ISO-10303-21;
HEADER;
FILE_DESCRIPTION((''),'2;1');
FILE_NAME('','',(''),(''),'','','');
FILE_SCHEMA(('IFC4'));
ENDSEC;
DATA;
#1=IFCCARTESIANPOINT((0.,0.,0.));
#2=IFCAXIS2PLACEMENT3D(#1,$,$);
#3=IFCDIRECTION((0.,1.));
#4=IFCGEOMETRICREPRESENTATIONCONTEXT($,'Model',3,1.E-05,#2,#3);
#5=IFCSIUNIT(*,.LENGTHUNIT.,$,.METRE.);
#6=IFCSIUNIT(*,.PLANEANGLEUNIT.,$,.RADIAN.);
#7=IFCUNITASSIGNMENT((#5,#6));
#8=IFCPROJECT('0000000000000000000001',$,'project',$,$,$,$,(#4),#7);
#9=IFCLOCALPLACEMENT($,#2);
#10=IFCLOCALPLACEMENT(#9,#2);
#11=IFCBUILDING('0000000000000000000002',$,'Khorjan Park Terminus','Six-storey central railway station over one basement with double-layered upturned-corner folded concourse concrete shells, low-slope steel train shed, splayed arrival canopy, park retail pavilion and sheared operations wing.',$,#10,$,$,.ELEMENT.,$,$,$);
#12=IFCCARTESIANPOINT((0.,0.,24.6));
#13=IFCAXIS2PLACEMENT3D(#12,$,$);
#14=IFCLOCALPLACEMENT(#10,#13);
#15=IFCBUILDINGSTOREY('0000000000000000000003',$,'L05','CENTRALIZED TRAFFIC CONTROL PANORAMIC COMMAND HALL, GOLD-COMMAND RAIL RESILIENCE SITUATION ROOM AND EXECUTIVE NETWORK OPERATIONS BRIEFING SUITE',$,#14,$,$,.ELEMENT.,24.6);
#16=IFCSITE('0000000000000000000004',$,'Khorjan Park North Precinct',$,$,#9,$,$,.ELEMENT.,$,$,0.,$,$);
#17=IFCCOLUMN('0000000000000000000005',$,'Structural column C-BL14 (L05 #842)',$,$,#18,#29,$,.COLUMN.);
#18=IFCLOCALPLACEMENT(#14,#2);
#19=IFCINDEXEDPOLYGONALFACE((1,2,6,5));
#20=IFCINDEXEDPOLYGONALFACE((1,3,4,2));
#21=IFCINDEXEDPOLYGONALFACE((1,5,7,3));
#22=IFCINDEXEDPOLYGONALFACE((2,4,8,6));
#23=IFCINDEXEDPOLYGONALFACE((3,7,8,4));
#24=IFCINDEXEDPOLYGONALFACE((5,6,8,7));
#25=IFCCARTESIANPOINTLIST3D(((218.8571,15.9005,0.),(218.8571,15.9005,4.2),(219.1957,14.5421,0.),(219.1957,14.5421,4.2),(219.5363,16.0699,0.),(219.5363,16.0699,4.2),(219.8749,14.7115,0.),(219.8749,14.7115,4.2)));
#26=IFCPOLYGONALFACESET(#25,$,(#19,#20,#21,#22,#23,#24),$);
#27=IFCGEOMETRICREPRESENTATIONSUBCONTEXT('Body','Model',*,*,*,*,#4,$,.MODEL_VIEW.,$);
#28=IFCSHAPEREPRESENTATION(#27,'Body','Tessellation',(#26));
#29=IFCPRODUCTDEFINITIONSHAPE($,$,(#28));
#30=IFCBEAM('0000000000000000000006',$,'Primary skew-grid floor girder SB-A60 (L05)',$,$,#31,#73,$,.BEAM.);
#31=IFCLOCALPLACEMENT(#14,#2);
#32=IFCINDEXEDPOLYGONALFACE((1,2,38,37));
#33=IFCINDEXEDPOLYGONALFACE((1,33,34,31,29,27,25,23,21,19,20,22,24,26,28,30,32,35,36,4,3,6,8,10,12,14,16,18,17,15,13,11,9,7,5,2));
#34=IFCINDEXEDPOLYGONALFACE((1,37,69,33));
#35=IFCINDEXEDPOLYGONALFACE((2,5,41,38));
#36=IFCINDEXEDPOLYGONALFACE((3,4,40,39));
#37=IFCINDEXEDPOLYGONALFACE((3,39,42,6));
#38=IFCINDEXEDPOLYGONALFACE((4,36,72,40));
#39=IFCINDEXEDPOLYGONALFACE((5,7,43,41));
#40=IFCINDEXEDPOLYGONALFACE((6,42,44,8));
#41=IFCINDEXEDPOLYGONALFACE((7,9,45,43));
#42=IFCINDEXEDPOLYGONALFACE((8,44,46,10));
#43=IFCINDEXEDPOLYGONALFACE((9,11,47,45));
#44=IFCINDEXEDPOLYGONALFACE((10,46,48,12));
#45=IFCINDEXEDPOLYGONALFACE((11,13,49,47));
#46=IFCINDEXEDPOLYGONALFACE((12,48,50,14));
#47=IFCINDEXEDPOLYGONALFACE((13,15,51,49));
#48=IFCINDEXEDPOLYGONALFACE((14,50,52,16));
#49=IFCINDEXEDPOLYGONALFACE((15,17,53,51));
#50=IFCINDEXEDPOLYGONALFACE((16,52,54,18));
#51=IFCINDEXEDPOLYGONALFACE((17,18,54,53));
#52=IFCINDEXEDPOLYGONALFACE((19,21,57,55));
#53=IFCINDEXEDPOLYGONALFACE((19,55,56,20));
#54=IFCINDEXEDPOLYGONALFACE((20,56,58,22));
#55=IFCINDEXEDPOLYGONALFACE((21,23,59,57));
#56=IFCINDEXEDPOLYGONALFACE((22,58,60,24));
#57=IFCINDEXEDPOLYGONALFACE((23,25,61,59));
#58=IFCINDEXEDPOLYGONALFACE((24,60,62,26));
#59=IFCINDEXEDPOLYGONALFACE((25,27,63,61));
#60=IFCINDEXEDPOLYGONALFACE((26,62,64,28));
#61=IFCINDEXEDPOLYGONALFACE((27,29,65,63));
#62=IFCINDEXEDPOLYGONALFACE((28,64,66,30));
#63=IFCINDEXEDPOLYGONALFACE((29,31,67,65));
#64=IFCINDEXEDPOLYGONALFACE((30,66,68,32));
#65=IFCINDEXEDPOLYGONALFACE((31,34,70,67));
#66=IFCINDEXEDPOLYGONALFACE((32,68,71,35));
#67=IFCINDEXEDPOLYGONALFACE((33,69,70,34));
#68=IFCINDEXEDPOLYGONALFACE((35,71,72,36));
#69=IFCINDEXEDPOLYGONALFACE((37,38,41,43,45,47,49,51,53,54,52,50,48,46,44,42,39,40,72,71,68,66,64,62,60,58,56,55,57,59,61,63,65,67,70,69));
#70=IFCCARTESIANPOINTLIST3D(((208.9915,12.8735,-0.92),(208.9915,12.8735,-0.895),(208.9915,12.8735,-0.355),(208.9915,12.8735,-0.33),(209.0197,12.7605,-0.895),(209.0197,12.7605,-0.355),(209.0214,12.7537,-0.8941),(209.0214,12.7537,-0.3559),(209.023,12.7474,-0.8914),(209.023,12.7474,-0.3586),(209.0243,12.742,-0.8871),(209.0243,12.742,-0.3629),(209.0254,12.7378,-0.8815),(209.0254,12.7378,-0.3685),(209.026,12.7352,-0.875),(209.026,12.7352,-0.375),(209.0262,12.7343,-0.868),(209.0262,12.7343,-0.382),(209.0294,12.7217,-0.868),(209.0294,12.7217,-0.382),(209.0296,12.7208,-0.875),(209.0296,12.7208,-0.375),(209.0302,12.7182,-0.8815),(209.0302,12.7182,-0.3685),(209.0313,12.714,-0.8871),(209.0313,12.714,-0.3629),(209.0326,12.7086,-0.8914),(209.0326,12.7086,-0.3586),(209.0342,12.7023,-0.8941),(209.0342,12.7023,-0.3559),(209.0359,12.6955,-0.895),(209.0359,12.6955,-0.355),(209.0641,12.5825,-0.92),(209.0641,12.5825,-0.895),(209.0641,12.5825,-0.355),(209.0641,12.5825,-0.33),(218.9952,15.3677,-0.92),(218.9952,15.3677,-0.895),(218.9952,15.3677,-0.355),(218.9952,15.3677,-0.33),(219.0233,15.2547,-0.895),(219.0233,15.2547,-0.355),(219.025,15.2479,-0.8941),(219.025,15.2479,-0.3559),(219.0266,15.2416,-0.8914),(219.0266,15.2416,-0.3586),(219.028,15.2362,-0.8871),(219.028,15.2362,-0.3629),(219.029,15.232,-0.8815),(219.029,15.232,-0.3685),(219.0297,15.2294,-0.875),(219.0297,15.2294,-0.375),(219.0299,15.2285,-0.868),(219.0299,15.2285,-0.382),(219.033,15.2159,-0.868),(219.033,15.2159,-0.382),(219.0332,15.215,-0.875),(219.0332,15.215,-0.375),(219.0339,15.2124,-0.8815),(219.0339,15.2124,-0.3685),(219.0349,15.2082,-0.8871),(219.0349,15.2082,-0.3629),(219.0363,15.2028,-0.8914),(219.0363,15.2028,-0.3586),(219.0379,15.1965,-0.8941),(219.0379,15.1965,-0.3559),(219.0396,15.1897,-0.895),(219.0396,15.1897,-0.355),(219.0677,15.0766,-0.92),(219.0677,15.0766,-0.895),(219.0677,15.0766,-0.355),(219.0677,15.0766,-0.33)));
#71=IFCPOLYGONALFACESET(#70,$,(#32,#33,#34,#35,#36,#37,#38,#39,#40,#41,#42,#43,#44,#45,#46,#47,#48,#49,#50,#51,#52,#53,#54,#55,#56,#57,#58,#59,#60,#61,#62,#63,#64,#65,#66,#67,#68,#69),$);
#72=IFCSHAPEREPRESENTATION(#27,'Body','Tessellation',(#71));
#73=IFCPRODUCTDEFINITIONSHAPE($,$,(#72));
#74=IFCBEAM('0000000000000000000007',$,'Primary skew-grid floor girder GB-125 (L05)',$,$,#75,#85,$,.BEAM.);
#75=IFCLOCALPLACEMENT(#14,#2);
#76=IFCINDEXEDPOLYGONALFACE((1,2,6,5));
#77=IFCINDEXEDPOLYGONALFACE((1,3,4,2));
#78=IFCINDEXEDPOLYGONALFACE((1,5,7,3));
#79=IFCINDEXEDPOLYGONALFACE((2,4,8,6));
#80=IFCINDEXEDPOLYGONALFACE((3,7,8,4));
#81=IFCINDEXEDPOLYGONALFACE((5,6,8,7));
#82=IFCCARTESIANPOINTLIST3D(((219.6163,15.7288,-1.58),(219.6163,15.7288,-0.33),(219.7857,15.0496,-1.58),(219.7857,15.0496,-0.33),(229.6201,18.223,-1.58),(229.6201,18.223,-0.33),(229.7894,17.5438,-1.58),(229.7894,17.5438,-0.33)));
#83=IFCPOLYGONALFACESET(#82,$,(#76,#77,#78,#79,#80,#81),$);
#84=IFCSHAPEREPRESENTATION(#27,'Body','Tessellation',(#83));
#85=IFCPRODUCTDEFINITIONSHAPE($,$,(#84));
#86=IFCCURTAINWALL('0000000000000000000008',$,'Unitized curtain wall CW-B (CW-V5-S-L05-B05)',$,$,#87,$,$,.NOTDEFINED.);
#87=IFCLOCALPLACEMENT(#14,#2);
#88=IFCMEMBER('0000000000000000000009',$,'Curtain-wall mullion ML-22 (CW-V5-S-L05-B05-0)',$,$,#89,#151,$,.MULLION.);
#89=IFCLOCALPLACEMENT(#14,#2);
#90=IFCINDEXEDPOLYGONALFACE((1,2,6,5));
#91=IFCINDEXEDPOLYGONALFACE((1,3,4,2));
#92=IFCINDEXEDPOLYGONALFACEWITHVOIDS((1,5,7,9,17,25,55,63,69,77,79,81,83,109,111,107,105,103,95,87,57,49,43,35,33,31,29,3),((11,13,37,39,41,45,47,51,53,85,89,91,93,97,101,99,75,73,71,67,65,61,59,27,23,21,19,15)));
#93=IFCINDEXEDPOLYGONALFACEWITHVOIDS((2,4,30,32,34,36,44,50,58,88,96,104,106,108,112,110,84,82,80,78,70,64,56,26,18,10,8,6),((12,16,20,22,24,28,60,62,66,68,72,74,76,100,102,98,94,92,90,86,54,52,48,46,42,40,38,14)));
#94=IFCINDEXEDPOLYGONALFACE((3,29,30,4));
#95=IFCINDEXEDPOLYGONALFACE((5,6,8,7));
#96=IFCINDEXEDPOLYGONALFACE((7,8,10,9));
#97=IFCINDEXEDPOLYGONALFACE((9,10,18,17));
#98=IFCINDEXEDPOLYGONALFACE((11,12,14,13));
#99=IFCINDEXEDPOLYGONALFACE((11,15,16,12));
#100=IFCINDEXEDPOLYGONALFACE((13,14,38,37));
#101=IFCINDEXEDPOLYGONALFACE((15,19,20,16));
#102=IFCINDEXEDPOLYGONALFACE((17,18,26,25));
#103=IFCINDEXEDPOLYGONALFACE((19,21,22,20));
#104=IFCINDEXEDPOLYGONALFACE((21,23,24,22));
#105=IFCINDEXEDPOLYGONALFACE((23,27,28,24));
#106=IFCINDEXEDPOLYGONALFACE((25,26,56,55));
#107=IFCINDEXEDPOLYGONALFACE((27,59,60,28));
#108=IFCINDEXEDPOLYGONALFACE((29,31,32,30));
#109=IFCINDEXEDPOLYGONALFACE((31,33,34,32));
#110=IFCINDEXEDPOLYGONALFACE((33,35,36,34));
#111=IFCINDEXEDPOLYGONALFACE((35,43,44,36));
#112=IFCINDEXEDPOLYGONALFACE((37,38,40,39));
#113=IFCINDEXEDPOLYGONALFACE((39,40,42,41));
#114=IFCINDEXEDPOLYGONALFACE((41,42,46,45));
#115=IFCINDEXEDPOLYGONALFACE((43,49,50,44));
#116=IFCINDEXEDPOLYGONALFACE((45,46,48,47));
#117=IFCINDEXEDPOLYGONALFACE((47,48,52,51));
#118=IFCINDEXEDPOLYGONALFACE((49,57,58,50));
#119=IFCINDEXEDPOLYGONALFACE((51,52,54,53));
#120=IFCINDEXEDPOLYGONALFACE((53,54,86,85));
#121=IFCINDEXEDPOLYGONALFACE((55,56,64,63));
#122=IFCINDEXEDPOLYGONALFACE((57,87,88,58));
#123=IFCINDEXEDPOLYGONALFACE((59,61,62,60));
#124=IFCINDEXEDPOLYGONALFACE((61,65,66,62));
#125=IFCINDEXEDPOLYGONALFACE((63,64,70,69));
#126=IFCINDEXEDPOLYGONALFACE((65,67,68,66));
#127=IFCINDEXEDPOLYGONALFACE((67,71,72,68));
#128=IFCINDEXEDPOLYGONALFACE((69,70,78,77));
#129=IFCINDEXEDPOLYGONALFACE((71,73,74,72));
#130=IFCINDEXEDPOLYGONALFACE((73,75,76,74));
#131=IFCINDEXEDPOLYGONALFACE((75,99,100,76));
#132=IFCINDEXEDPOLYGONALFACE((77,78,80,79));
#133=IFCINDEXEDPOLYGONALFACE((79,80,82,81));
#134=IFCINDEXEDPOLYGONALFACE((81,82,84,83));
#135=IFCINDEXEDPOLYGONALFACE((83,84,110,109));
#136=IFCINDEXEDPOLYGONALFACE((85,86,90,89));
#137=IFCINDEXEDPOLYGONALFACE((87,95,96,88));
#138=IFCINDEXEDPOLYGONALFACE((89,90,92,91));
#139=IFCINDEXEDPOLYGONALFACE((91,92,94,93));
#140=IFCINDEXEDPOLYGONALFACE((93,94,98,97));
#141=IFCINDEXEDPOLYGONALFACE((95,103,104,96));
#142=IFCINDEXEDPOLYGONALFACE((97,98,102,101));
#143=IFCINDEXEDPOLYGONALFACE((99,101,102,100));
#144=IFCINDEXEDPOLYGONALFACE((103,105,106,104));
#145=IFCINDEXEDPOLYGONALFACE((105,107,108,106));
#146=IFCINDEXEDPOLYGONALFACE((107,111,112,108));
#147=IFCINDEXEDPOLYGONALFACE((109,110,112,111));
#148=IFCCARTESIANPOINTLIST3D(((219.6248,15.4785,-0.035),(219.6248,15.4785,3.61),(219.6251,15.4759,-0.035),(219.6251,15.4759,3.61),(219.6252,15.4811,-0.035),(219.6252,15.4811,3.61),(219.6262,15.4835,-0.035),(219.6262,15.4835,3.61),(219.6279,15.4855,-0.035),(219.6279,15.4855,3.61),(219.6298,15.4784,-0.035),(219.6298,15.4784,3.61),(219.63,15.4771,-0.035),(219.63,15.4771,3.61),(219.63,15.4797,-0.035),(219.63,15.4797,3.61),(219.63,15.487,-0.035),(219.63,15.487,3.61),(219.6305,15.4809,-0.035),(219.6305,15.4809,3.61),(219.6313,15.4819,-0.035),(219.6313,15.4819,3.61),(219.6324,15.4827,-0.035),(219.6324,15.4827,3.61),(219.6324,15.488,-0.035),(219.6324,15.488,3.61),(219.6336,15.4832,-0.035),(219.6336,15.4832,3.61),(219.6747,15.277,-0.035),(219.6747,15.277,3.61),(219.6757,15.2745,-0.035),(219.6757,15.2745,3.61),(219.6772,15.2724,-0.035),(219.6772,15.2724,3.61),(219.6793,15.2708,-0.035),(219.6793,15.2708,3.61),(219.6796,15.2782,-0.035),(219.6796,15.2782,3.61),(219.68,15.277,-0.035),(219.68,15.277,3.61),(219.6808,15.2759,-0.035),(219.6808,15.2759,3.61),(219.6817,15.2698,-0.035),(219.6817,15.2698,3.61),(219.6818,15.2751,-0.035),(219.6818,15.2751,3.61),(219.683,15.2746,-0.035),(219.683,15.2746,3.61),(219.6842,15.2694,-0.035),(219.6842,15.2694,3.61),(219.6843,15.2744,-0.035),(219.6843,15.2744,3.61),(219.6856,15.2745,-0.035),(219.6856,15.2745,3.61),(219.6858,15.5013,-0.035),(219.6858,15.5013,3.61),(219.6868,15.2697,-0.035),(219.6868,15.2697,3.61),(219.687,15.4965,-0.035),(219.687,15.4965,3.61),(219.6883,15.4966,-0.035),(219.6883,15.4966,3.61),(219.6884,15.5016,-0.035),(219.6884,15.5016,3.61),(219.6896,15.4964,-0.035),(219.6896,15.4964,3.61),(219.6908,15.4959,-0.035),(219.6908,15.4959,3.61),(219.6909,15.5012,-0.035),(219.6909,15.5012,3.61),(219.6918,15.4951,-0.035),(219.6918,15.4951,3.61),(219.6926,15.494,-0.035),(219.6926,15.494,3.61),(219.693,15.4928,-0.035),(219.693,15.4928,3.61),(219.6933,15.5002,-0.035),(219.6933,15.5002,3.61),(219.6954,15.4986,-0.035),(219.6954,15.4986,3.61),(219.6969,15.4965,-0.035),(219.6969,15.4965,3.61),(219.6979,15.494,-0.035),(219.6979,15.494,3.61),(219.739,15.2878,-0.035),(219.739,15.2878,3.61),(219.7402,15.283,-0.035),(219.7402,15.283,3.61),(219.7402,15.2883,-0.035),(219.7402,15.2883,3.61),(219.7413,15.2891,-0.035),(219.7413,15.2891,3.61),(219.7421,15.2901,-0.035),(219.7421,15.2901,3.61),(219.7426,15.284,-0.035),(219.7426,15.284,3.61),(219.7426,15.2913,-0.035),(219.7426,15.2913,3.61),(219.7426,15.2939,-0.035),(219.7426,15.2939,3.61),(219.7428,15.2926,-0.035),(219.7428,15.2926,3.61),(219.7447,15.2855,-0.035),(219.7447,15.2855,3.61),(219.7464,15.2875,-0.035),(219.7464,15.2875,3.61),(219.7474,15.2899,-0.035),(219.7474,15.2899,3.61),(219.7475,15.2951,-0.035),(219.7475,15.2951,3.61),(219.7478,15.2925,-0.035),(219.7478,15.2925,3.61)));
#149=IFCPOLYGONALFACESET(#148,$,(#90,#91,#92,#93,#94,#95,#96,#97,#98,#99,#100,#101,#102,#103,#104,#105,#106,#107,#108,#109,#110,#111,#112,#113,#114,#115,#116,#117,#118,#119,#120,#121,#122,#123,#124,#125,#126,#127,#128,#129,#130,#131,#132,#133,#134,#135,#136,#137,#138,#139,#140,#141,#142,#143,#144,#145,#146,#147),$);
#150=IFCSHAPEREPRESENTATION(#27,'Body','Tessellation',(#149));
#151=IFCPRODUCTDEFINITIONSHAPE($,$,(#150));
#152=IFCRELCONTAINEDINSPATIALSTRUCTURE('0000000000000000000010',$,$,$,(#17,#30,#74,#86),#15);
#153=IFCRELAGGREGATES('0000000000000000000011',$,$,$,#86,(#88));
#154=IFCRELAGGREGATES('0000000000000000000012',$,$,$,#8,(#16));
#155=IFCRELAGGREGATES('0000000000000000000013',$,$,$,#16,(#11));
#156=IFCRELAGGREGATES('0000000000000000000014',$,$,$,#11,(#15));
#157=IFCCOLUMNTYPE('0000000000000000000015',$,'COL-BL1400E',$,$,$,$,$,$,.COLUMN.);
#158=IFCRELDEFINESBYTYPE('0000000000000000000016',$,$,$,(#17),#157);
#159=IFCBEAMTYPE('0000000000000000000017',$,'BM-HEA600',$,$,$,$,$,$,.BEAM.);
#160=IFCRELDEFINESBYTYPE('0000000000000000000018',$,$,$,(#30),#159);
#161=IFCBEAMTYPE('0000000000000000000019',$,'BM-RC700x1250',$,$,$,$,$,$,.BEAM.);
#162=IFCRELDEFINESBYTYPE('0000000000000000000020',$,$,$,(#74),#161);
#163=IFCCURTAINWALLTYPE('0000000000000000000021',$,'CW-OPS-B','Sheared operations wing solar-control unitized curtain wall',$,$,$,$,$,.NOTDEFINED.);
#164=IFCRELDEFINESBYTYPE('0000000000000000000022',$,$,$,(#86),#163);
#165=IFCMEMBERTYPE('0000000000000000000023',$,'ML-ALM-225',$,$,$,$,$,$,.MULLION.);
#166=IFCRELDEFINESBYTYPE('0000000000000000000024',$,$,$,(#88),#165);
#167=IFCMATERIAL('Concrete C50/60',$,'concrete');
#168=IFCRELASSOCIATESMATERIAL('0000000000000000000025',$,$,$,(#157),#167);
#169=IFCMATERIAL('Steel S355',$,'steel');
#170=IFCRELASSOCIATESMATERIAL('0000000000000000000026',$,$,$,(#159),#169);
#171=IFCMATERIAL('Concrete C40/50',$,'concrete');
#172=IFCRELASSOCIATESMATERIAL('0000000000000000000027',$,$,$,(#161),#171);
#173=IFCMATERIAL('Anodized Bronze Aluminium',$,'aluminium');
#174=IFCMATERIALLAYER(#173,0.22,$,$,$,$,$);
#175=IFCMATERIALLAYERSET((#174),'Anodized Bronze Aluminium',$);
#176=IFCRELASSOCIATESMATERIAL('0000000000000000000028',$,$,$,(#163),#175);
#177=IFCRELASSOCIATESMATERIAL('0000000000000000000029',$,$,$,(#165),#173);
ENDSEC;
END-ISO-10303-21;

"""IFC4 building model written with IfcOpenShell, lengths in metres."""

from ifc_helpers import new_model, si_unit, direction, frame, origin, origin_2d, place, context, subcontext, project, spatial, rectangle, hollow_rectangle, i_section, extrude, material, layer, layer_set, material_profile, profile_set, type_object, element, aggregate, save


model = new_model("IFC4")

# Units and contexts
model_context = context("Model", 3, precision=1e-05, world=origin(), true_north=direction((0.0, 1.0)))
body_context = subcontext(model_context, "Body", "Model", "MODEL_VIEW")
ifc_project = project(units=[si_unit("LENGTHUNIT", "METRE"), si_unit("PLANEANGLEUNIT", "RADIAN")], contexts=[model_context])

# Site, building, storey
site_placement = place(None, origin())
site = spatial("IfcSite", under=ifc_project, at=site_placement, Name="Khorjan Park North Precinct", CompositionType="ELEMENT", RefElevation=0.0)
building_placement = place(site_placement, origin())
building = spatial("IfcBuilding", under=site, at=building_placement, Name="Khorjan Park Terminus", Description="Six-storey central railway station over one basement with double-layered upturned-corner folded concourse concrete shells, low-slope steel train shed, splayed arrival canopy, park retail pavilion and sheared operations wing.", CompositionType="ELEMENT")
storey_placement = place(building_placement, frame((0.0, 0.0, 24.6)))
storey = spatial("IfcBuildingStorey", under=building, at=storey_placement, Name="L05", Description="CENTRALIZED TRAFFIC CONTROL PANORAMIC COMMAND HALL, GOLD-COMMAND RAIL RESILIENCE SITUATION ROOM AND EXECUTIVE NETWORK OPERATIONS BRIEFING SUITE", CompositionType="ELEMENT", Elevation=24.6)

# Column
ifc_material_1 = material(Name="Concrete C50/60", Category="concrete")
ifc_material_profile_1 = material_profile(ifc_material_1, rectangle(XDim=0.7, YDim=1.4, at=origin_2d()), Name="RC 700x1400")
ifc_profile_set_1 = profile_set([ifc_material_profile_1], Name="Concrete C50/60")
column_type = type_object("IfcColumnType", Name="COL-BL1400E", PredefinedType="COLUMN", material=ifc_profile_set_1)
column_placement = place(storey_placement, frame((219.366, 15.306, 0.0), z_axis=(0.0, 0.0, 1.0), x_axis=(0.970296, 0.241922, 0.0)))
element("IfcColumn", 1, at=column_placement, inside=storey, type_object=column_type, Name="Structural column C-BL14 (L05 #842)", PredefinedType="COLUMN", context=body_context, shape_type="SweptSolid", body=[
    extrude(rectangle(XDim=0.7, YDim=1.4, at=origin_2d()), origin(), (0.0, 0.0, 1.0), 4.2),
])

# Beams
ifc_material_2 = material(Name="Steel S355", Category="steel")
ifc_material_profile_2 = material_profile(ifc_material_2, i_section(OverallWidth=0.3, OverallDepth=0.59, WebThickness=0.013, FlangeThickness=0.025, FilletRadius=0.027, at=origin_2d()), Name="HEA 600")
ifc_profile_set_2 = profile_set([ifc_material_profile_2], Name="Steel S355")
beam_type_1 = type_object("IfcBeamType", Name="BM-HEA600", PredefinedType="BEAM", material=ifc_profile_set_2)
beam_1_placement = place(storey_placement, frame((209.0278, 12.728, -0.625), z_axis=(0.970296, 0.241922, 0.0), x_axis=(-0.241922, 0.970296, 0.0)))
element("IfcBeam", 2, at=beam_1_placement, inside=storey, type_object=beam_type_1, Name="Primary skew-grid floor girder SB-A60 (L05)", PredefinedType="BEAM", context=body_context, shape_type="SweptSolid", body=[
    extrude(i_section(OverallWidth=0.3, OverallDepth=0.59, WebThickness=0.013, FlangeThickness=0.025, FilletRadius=0.027, at=origin_2d()), origin(), (0.0, 0.0, 1.0), 10.3099),
])
ifc_material_3 = material(Name="Concrete C40/50", Category="concrete")
ifc_material_profile_3 = material_profile(ifc_material_3, rectangle(XDim=0.7, YDim=1.25, at=origin_2d()), Name="RC 700x1250")
ifc_profile_set_3 = profile_set([ifc_material_profile_3], Name="Concrete C40/50")
beam_type_2 = type_object("IfcBeamType", Name="BM-RC700x1250", PredefinedType="BEAM", material=ifc_profile_set_3)
beam_2_placement = place(storey_placement, frame((219.701, 15.3892, -0.955), z_axis=(0.970296, 0.241919, 0.0), x_axis=(-0.241919, 0.970296, 0.0)))
element("IfcBeam", 3, at=beam_2_placement, inside=storey, type_object=beam_type_2, Name="Primary skew-grid floor girder GB-125 (L05)", PredefinedType="BEAM", context=body_context, shape_type="SweptSolid", body=[
    extrude(rectangle(XDim=0.7, YDim=1.25, at=origin_2d()), origin(), (0.0, 0.0, 1.0), 10.31),
])

# Curtain wall, member
ifc_material_4 = material(Name="Anodized Bronze Aluminium", Category="aluminium")
ifc_layer_1 = layer(ifc_material_4, 0.22)
ifc_layer_set_1 = layer_set([ifc_layer_1], Name="Anodized Bronze Aluminium")
curtain_wall_type = type_object("IfcCurtainWallType", Name="CW-OPS-B", Description="Sheared operations wing solar-control unitized curtain wall", PredefinedType="NOTDEFINED", material=ifc_layer_set_1)
curtain_wall_placement = place(storey_placement, origin())
curtain_wall = element("IfcCurtainWall", 4, at=curtain_wall_placement, inside=storey, type_object=curtain_wall_type, Name="Unitized curtain wall CW-B (CW-V5-S-L05-B05)", PredefinedType="NOTDEFINED")
ifc_material_profile_4 = material_profile(ifc_material_4, hollow_rectangle(XDim=0.075, YDim=0.225, WallThickness=0.005, InnerFilletRadius=0.005, OuterFilletRadius=0.01, at=origin_2d()), Name="ALM 75x225x5")
ifc_profile_set_4 = profile_set([ifc_material_profile_4], Name="Anodized Bronze Aluminium")
member_type_1 = type_object("IfcMemberType", Name="ML-ALM-225", PredefinedType="MULLION", material=ifc_profile_set_4)
member_1_placement = place(storey_placement, frame((219.6863, 15.3855, -0.035), z_axis=(0.0, 0.0, 1.0), x_axis=(0.970296, 0.241919, 0.0)))
member_1 = element("IfcMember", 5, at=member_1_placement, type_object=member_type_1, Name="Curtain-wall mullion ML-22 (CW-V5-S-L05-B05-0)", PredefinedType="MULLION", context=body_context, shape_type="SweptSolid", body=[
    extrude(hollow_rectangle(XDim=0.075, YDim=0.225, WallThickness=0.005, InnerFilletRadius=0.005, OuterFilletRadius=0.01, at=origin_2d()), origin(), (0.0, 0.0, 1.0), 3.645),
])
aggregate(curtain_wall, [member_1])

save(model, "model.ifc")
